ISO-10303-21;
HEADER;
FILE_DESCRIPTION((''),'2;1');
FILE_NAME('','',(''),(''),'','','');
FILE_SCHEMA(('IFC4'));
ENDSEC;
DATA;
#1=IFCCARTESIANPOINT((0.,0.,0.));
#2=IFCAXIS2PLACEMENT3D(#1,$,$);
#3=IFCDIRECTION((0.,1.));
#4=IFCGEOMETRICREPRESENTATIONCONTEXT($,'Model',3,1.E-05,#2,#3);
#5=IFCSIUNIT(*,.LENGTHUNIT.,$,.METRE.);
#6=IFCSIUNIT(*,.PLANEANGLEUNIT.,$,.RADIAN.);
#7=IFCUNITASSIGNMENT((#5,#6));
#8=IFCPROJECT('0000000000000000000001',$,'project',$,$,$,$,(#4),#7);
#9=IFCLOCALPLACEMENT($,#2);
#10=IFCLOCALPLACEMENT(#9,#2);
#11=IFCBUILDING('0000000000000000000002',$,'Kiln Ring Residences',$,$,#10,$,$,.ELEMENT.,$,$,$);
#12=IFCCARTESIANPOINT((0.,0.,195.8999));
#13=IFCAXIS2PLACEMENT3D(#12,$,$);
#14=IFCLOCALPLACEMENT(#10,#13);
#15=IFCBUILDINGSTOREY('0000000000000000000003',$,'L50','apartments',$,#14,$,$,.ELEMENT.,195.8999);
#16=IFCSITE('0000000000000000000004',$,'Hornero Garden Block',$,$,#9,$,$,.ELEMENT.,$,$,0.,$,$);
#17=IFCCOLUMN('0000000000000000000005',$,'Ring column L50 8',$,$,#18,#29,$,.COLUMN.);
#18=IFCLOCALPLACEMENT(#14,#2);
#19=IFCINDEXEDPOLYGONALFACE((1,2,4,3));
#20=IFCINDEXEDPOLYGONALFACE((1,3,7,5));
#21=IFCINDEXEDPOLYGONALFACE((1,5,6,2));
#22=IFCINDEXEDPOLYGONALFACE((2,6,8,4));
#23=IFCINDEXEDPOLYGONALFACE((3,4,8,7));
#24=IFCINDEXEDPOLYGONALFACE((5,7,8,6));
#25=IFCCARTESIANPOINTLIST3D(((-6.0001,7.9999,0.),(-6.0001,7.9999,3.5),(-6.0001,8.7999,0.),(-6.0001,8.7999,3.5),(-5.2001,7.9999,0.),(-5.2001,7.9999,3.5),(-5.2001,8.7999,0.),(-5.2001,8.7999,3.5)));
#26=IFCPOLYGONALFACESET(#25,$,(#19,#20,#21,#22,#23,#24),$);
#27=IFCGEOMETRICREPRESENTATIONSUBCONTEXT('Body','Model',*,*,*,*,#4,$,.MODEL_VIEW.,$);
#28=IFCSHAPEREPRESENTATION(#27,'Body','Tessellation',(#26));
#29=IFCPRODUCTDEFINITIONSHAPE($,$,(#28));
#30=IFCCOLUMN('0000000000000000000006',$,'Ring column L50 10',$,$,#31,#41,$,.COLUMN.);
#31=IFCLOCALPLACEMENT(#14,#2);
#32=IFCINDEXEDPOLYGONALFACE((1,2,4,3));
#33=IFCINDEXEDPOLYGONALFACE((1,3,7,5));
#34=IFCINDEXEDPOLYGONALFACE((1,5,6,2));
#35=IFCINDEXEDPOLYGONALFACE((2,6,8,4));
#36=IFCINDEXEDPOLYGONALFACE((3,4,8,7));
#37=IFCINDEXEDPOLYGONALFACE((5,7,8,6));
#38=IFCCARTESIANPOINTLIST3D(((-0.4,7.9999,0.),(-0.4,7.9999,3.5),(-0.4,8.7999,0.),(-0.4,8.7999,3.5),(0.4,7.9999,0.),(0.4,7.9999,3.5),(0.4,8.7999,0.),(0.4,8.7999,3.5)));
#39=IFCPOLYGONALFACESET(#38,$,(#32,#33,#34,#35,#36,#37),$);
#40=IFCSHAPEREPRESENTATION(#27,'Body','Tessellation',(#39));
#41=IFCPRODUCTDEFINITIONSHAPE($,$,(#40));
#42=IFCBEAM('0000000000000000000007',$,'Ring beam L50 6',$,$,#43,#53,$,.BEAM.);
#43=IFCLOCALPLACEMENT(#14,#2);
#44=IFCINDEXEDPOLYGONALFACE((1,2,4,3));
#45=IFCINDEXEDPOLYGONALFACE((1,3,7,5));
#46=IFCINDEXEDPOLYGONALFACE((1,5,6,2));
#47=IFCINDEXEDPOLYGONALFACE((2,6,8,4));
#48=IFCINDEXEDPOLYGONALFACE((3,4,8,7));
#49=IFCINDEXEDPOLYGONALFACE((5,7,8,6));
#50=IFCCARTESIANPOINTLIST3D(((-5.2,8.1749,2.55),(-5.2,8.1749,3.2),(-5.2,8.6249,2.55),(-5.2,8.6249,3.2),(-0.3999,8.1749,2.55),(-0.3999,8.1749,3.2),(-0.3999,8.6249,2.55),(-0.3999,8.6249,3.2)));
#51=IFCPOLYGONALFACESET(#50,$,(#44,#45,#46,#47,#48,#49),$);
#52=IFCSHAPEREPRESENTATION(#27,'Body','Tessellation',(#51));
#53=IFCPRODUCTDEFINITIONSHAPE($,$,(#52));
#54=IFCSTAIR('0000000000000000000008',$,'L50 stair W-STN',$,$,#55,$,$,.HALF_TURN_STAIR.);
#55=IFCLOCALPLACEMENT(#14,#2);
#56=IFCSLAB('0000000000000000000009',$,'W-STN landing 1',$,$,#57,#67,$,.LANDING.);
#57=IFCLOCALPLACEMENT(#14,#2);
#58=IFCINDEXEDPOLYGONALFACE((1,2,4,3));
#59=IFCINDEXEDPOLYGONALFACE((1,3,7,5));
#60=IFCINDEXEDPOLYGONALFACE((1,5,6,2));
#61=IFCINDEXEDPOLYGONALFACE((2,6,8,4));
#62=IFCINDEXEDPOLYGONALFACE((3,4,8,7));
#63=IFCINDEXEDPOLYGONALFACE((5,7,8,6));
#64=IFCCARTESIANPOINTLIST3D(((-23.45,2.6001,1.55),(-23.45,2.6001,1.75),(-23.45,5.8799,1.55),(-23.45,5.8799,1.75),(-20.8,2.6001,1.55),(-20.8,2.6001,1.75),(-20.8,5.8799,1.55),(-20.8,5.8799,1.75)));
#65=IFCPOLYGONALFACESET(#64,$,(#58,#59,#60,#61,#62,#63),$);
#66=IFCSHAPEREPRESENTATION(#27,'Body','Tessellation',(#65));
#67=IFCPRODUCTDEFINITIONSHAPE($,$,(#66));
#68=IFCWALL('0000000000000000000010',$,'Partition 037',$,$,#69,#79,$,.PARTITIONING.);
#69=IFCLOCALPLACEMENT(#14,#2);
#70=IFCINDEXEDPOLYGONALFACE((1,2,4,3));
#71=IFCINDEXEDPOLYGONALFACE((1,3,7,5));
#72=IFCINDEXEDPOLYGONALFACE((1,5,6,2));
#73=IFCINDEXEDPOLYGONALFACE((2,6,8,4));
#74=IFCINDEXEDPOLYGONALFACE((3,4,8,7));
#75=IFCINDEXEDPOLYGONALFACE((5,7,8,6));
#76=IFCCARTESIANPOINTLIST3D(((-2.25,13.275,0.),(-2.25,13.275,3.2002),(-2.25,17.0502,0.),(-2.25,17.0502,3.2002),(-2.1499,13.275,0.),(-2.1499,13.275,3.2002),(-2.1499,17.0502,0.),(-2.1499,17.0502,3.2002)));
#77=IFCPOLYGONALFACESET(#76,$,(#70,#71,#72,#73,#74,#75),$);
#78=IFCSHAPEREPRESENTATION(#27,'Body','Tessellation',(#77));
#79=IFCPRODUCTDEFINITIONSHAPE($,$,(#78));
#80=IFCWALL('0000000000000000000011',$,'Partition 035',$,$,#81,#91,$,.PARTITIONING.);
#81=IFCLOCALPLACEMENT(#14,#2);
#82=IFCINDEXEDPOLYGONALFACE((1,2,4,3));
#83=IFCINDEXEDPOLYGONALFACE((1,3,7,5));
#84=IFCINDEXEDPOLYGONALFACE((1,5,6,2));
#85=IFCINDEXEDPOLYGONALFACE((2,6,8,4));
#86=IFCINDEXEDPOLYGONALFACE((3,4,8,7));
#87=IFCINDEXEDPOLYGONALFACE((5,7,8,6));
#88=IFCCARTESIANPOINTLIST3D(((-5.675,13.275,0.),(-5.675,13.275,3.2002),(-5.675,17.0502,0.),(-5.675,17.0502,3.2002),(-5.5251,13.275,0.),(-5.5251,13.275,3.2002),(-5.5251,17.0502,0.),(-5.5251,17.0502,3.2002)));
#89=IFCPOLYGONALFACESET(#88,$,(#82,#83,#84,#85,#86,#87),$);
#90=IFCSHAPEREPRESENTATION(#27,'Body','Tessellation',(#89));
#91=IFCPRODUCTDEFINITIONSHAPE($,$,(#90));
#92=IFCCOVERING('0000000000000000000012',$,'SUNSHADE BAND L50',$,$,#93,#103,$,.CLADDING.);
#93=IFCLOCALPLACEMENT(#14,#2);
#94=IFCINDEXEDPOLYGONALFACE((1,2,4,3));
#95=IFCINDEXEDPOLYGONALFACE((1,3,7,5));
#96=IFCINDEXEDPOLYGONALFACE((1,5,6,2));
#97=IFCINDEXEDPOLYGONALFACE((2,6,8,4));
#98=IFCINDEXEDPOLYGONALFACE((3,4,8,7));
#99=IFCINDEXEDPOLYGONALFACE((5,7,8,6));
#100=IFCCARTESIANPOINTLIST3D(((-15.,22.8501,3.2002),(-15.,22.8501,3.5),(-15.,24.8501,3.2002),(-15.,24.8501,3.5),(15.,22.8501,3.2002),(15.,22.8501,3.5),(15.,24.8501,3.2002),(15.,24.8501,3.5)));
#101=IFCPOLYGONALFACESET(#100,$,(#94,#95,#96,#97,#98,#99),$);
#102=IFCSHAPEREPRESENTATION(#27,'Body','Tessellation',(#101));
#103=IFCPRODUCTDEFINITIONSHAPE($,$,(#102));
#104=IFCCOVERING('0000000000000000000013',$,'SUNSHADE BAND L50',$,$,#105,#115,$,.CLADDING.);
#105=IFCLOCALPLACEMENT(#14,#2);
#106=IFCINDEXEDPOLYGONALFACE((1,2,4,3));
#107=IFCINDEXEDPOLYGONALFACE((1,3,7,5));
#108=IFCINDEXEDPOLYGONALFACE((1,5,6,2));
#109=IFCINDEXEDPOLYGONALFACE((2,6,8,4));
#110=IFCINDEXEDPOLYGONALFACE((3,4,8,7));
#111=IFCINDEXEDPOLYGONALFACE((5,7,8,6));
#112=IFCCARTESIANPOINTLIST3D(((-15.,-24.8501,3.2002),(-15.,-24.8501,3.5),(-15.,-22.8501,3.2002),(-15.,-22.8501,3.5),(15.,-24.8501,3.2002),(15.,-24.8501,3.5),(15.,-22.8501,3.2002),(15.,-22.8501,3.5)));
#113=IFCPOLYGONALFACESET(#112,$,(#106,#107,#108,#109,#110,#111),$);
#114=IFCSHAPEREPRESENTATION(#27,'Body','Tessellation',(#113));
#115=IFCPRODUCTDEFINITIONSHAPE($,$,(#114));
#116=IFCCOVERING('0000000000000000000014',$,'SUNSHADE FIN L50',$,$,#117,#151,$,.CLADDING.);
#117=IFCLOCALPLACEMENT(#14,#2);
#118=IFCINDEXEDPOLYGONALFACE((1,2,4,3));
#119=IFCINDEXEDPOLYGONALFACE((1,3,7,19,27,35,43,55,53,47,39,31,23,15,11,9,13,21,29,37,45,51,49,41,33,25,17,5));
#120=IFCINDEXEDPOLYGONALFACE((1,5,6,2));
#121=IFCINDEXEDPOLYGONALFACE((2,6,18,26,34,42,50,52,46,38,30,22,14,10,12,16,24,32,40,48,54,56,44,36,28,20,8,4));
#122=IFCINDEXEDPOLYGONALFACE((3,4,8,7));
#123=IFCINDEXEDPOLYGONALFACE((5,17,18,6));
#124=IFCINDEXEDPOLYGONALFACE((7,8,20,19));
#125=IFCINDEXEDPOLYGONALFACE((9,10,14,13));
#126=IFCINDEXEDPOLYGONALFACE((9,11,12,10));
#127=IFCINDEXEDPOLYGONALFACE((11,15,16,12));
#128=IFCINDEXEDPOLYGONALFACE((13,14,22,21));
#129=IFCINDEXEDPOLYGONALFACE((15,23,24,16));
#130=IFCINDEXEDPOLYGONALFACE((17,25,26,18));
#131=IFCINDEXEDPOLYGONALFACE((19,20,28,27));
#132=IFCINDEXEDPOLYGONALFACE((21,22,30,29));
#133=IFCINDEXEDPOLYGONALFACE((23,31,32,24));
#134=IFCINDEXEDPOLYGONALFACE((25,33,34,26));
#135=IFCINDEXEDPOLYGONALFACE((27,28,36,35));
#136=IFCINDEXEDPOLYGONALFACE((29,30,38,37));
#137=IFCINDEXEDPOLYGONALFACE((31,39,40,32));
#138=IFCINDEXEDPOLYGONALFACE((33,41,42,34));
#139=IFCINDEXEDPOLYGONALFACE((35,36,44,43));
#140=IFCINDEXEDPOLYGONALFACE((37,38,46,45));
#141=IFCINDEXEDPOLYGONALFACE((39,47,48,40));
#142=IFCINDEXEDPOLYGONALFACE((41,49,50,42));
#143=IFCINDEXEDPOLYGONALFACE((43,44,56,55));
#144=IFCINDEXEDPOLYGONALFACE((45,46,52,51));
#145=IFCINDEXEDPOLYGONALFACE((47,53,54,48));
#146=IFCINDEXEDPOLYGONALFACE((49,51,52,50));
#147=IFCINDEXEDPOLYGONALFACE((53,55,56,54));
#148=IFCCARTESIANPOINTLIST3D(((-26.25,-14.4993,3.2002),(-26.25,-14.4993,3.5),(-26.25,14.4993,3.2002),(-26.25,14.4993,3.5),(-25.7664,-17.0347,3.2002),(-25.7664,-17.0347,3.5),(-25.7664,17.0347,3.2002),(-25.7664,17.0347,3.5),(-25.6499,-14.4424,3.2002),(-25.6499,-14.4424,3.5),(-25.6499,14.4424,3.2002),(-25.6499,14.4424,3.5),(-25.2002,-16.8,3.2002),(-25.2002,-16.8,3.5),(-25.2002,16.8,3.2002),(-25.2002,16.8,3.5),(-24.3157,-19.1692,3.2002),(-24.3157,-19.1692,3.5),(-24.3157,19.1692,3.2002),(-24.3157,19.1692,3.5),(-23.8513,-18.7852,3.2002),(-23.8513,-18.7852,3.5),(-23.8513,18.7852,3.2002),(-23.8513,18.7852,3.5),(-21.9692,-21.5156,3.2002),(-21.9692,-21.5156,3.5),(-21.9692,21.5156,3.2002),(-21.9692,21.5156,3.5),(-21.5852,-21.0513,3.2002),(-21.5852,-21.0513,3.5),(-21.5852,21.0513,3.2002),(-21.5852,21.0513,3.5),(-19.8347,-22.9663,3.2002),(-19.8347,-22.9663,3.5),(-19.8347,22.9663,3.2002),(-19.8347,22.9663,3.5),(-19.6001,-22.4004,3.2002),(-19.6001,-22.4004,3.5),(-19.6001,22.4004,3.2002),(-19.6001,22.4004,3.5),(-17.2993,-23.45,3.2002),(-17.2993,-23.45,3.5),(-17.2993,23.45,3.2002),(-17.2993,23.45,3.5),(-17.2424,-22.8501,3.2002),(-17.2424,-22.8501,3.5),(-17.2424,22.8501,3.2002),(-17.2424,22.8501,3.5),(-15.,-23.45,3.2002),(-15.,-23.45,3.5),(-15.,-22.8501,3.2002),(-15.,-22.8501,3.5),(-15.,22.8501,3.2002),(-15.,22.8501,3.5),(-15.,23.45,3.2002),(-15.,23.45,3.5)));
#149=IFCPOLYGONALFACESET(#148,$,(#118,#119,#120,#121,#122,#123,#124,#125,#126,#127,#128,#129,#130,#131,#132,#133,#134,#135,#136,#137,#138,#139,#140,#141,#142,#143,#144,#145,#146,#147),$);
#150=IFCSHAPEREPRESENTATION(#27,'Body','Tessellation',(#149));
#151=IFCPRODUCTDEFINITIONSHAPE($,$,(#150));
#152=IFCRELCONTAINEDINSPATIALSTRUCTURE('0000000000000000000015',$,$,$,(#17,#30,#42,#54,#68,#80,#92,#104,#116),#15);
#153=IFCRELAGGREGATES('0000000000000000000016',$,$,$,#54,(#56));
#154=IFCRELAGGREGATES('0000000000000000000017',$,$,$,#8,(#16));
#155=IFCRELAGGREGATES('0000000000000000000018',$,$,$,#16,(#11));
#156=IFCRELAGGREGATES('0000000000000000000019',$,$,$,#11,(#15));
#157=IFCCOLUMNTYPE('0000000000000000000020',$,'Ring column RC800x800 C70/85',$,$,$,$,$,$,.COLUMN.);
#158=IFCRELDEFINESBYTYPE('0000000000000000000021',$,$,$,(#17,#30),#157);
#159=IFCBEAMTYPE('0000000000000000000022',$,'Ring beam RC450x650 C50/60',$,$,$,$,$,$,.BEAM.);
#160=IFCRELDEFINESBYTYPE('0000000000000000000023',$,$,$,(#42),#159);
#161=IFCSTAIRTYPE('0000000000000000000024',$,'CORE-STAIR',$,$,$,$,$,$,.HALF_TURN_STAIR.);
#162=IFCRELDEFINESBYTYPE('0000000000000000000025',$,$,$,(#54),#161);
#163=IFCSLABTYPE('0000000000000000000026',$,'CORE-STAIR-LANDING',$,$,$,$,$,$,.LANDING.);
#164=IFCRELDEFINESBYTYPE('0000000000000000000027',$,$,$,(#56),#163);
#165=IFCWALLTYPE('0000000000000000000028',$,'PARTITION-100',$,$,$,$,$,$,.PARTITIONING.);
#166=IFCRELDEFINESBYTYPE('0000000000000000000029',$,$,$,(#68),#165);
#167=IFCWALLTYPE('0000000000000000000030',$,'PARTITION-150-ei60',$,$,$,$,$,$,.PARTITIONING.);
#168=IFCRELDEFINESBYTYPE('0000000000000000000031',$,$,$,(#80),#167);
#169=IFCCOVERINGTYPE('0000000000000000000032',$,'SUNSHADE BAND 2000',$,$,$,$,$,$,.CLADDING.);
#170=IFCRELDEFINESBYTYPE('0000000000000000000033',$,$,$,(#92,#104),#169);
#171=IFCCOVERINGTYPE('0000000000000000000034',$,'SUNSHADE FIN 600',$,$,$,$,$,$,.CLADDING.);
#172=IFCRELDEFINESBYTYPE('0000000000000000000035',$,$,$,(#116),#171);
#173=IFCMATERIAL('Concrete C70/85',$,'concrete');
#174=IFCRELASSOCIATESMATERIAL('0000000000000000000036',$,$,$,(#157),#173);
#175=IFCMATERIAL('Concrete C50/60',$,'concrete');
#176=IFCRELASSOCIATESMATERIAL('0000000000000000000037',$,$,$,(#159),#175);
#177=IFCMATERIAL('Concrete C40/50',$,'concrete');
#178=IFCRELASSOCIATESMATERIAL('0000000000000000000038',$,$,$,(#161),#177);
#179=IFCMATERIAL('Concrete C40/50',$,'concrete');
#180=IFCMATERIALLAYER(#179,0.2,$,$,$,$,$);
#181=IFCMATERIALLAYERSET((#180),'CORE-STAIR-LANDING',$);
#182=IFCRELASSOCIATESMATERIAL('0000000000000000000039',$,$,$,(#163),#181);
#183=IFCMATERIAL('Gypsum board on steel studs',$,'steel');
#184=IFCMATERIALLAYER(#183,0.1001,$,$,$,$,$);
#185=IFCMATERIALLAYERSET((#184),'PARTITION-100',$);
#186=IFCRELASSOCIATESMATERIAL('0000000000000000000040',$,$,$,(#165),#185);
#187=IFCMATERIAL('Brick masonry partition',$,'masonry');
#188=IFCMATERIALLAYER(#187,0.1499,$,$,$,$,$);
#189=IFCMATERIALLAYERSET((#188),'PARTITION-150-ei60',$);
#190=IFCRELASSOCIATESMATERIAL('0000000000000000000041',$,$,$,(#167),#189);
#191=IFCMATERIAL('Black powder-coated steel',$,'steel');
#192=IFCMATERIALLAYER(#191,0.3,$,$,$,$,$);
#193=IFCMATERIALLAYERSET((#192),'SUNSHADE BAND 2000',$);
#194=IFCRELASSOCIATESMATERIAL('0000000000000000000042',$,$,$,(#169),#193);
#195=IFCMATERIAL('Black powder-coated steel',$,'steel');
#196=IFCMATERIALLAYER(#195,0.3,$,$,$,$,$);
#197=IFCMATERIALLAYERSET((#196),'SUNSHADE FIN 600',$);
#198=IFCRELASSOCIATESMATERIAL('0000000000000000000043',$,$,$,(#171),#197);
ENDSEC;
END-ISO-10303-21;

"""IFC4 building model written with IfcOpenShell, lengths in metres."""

from ifc_helpers import new_model, si_unit, direction, frame, frame_2d, origin, origin_2d, place, context, subcontext, project, spatial, polyline, rectangle, outline, extrude, material, layer, layer_set, material_profile, profile_set, type_object, element, aggregate, save


model = new_model("IFC4")

# Units and contexts
model_context = context("Model", 3, precision=1e-05, world=origin(), true_north=direction((0.0, 1.0)))
body_context = subcontext(model_context, "Body", "Model", "MODEL_VIEW")
ifc_project = project(units=[si_unit("LENGTHUNIT", "METRE"), si_unit("PLANEANGLEUNIT", "RADIAN")], contexts=[model_context])

# Site, building, storey
site_placement = place(None, origin())
site = spatial("IfcSite", under=ifc_project, at=site_placement, Name="Hornero Garden Block", CompositionType="ELEMENT", RefElevation=0.0)
building_placement = place(site_placement, origin())
building = spatial("IfcBuilding", under=site, at=building_placement, Name="Kiln Ring Residences", CompositionType="ELEMENT")
storey_placement = place(building_placement, frame((0.0, 0.0, 195.8999)))
storey = spatial("IfcBuildingStorey", under=building, at=storey_placement, Name="L50", Description="apartments", CompositionType="ELEMENT", Elevation=195.8999)

# Columns
ifc_material_1 = material(Name="Concrete C70/85", Category="concrete")
ifc_material_profile_1 = material_profile(ifc_material_1, rectangle(XDim=0.8, YDim=0.8, at=origin_2d()), Name="RC800x800")
ifc_profile_set_1 = profile_set([ifc_material_profile_1], Name="Concrete C70/85")
column_type = type_object("IfcColumnType", Name="Ring column RC800x800 C70/85", PredefinedType="COLUMN", material=ifc_profile_set_1)
for number, where, z_axis, x_axis, name in (
    (1, (-5.6001, 8.3999, 0.0), (0.0, 0.0, 1.0), (1.0, 0.0, 0.0), "Ring column L50 8"),
    (2, (0.0, 8.3999, 0.0), (0.0, 0.0, 1.0), (1.0, 0.0, 0.0), "Ring column L50 10"),
):
    element("IfcColumn", number, at=place(storey_placement, frame(where, z_axis=z_axis, x_axis=x_axis)), inside=storey, type_object=column_type, Name=name, PredefinedType="COLUMN", context=body_context, shape_type="SweptSolid", body=[
        extrude(rectangle(XDim=0.8, YDim=0.8, at=origin_2d()), origin(), (0.0, 0.0, 1.0), 3.5),
    ])

# Beam
ifc_material_2 = material(Name="Concrete C50/60", Category="concrete")
ifc_material_profile_2 = material_profile(ifc_material_2, rectangle(XDim=0.45, YDim=0.6499, at=origin_2d()), Name="RC450x650")
ifc_profile_set_2 = profile_set([ifc_material_profile_2], Name="Concrete C50/60")
beam_type = type_object("IfcBeamType", Name="Ring beam RC450x650 C50/60", PredefinedType="BEAM", material=ifc_profile_set_2)
beam_placement = place(storey_placement, frame((-5.2, 8.3999, 2.875), z_axis=(1.0, 0.0, 0.0), x_axis=(0.0, 1.0, 0.0)))
element("IfcBeam", 3, at=beam_placement, inside=storey, type_object=beam_type, Name="Ring beam L50 6", PredefinedType="BEAM", context=body_context, shape_type="SweptSolid", body=[
    extrude(rectangle(XDim=0.45, YDim=0.6499, at=origin_2d()), origin(), (0.0, 0.0, 1.0), 4.8),
])

# Stair, slab
ifc_material_3 = material(Name="Concrete C40/50", Category="concrete")
stair_type = type_object("IfcStairType", Name="CORE-STAIR", PredefinedType="HALF_TURN_STAIR", material=ifc_material_3)
stair_placement = place(storey_placement, origin())
stair = element("IfcStair", 4, at=stair_placement, inside=storey, type_object=stair_type, Name="L50 stair W-STN", PredefinedType="HALF_TURN_STAIR")
ifc_material_4 = material(Name="Concrete C40/50", Category="concrete")
ifc_layer_1 = layer(ifc_material_4, 0.2)
ifc_layer_set_1 = layer_set([ifc_layer_1], Name="CORE-STAIR-LANDING")
slab_type = type_object("IfcSlabType", Name="CORE-STAIR-LANDING", PredefinedType="LANDING", material=ifc_layer_set_1)
slab_placement = place(storey_placement, frame((0.0, 0.0, 1.55)))
slab = element("IfcSlab", 5, at=slab_placement, type_object=slab_type, Name="W-STN landing 1", PredefinedType="LANDING", context=body_context, shape_type="SweptSolid", body=[
    extrude(outline(polyline([(-23.45, 5.8799), (-23.45, 2.6001), (-20.8, 2.6001), (-20.8, 5.8799), (-23.45, 5.8799)])), origin(), (0.0, 0.0, 1.0), 0.2),
])
aggregate(stair, [slab])

# Walls
ifc_material_5 = material(Name="Gypsum board on steel studs", Category="steel")
ifc_layer_2 = layer(ifc_material_5, 0.1001)
ifc_layer_set_2 = layer_set([ifc_layer_2], Name="PARTITION-100")
wall_type_1 = type_object("IfcWallType", Name="PARTITION-100", PredefinedType="PARTITIONING", material=ifc_layer_set_2)
wall_1_placement = place(storey_placement, frame((-2.2, 13.2749, 0.0), z_axis=(0.0, 0.0, 1.0), x_axis=(0.0, 1.0, 0.0)))
element("IfcWall", 6, at=wall_1_placement, inside=storey, type_object=wall_type_1, Name="Partition 037", PredefinedType="PARTITIONING", context=body_context, shape_type="SweptSolid", body=[
    extrude(rectangle(XDim=3.7751, YDim=0.1001, at=frame_2d((1.8877, 0.0))), origin(), (0.0, 0.0, 1.0), 3.2002),
])
ifc_material_6 = material(Name="Brick masonry partition", Category="masonry")
ifc_layer_3 = layer(ifc_material_6, 0.1499)
ifc_layer_set_3 = layer_set([ifc_layer_3], Name="PARTITION-150-ei60")
wall_type_2 = type_object("IfcWallType", Name="PARTITION-150-ei60", PredefinedType="PARTITIONING", material=ifc_layer_set_3)
wall_2_placement = place(storey_placement, frame((-5.6001, 13.2749, 0.0), z_axis=(0.0, 0.0, 1.0), x_axis=(0.0, 1.0, 0.0)))
element("IfcWall", 7, at=wall_2_placement, inside=storey, type_object=wall_type_2, Name="Partition 035", PredefinedType="PARTITIONING", context=body_context, shape_type="SweptSolid", body=[
    extrude(rectangle(XDim=3.7751, YDim=0.1499, at=frame_2d((1.8877, 0.0))), origin(), (0.0, 0.0, 1.0), 3.2002),
])

# Coverings
ifc_material_7 = material(Name="Black powder-coated steel", Category="steel")
ifc_layer_4 = layer(ifc_material_7, 0.3)
ifc_layer_set_4 = layer_set([ifc_layer_4], Name="SUNSHADE BAND 2000")
covering_type_1 = type_object("IfcCoveringType", Name="SUNSHADE BAND 2000", PredefinedType="CLADDING", material=ifc_layer_set_4)
placement = place(storey_placement, frame((0.0, 0.0, 3.2002)))
element("IfcCovering", 8, at=placement, inside=storey, type_object=covering_type_1, Name="SUNSHADE BAND L50", PredefinedType="CLADDING", context=body_context, shape_type="SweptSolid", body=[
    extrude(outline(polyline([(15.0, 24.8501), (-15.0, 24.8501), (-15.0, 22.8501), (15.0, 22.8501), (15.0, 24.8501)])), origin(), (0.0, 0.0, 1.0), 0.2998),
])
element("IfcCovering", 9, at=placement, inside=storey, type_object=covering_type_1, Name="SUNSHADE BAND L50", PredefinedType="CLADDING", context=body_context, shape_type="SweptSolid", body=[
    extrude(outline(polyline([(-15.0, -24.8501), (15.0, -24.8501), (15.0, -22.8501), (-15.0, -22.8501), (-15.0, -24.8501)])), origin(), (0.0, 0.0, 1.0), 0.2998),
])
ifc_material_8 = material(Name="Black powder-coated steel", Category="steel")
ifc_layer_5 = layer(ifc_material_8, 0.3)
ifc_layer_set_5 = layer_set([ifc_layer_5], Name="SUNSHADE FIN 600")
covering_type_2 = type_object("IfcCoveringType", Name="SUNSHADE FIN 600", PredefinedType="CLADDING", material=ifc_layer_set_5)
element("IfcCovering", 10, at=placement, inside=storey, type_object=covering_type_2, Name="SUNSHADE FIN L50", PredefinedType="CLADDING", context=body_context, shape_type="SweptSolid", body=[
    extrude(outline(polyline([(-26.25, -14.4993), (-25.7664, -17.0347), (-24.3157, -19.1692), (-21.9692, -21.5156), (-19.8347, -22.9663), (-17.2993, -23.45), (-15.0, -23.45), (-15.0, -22.8501), (-17.2424, -22.8501), (-19.6001, -22.4004), (-21.5852, -21.0513), (-23.8513, -18.7852), (-25.2002, -16.8), (-25.6499, -14.4424), (-25.6499, 14.4424), (-25.2002, 16.8), (-23.8513, 18.7852), (-21.5852, 21.0513), (-19.6001, 22.4004), (-17.2424, 22.8501), (-15.0, 22.8501), (-15.0, 23.45), (-17.2993, 23.45), (-19.8347, 22.9663), (-21.9692, 21.5156), (-24.3157, 19.1692), (-25.7664, 17.0347), (-26.25, 14.4993), (-26.25, -14.4993)])), origin(), (0.0, 0.0, 1.0), 0.2998),
])

save(model, "model.ifc")
